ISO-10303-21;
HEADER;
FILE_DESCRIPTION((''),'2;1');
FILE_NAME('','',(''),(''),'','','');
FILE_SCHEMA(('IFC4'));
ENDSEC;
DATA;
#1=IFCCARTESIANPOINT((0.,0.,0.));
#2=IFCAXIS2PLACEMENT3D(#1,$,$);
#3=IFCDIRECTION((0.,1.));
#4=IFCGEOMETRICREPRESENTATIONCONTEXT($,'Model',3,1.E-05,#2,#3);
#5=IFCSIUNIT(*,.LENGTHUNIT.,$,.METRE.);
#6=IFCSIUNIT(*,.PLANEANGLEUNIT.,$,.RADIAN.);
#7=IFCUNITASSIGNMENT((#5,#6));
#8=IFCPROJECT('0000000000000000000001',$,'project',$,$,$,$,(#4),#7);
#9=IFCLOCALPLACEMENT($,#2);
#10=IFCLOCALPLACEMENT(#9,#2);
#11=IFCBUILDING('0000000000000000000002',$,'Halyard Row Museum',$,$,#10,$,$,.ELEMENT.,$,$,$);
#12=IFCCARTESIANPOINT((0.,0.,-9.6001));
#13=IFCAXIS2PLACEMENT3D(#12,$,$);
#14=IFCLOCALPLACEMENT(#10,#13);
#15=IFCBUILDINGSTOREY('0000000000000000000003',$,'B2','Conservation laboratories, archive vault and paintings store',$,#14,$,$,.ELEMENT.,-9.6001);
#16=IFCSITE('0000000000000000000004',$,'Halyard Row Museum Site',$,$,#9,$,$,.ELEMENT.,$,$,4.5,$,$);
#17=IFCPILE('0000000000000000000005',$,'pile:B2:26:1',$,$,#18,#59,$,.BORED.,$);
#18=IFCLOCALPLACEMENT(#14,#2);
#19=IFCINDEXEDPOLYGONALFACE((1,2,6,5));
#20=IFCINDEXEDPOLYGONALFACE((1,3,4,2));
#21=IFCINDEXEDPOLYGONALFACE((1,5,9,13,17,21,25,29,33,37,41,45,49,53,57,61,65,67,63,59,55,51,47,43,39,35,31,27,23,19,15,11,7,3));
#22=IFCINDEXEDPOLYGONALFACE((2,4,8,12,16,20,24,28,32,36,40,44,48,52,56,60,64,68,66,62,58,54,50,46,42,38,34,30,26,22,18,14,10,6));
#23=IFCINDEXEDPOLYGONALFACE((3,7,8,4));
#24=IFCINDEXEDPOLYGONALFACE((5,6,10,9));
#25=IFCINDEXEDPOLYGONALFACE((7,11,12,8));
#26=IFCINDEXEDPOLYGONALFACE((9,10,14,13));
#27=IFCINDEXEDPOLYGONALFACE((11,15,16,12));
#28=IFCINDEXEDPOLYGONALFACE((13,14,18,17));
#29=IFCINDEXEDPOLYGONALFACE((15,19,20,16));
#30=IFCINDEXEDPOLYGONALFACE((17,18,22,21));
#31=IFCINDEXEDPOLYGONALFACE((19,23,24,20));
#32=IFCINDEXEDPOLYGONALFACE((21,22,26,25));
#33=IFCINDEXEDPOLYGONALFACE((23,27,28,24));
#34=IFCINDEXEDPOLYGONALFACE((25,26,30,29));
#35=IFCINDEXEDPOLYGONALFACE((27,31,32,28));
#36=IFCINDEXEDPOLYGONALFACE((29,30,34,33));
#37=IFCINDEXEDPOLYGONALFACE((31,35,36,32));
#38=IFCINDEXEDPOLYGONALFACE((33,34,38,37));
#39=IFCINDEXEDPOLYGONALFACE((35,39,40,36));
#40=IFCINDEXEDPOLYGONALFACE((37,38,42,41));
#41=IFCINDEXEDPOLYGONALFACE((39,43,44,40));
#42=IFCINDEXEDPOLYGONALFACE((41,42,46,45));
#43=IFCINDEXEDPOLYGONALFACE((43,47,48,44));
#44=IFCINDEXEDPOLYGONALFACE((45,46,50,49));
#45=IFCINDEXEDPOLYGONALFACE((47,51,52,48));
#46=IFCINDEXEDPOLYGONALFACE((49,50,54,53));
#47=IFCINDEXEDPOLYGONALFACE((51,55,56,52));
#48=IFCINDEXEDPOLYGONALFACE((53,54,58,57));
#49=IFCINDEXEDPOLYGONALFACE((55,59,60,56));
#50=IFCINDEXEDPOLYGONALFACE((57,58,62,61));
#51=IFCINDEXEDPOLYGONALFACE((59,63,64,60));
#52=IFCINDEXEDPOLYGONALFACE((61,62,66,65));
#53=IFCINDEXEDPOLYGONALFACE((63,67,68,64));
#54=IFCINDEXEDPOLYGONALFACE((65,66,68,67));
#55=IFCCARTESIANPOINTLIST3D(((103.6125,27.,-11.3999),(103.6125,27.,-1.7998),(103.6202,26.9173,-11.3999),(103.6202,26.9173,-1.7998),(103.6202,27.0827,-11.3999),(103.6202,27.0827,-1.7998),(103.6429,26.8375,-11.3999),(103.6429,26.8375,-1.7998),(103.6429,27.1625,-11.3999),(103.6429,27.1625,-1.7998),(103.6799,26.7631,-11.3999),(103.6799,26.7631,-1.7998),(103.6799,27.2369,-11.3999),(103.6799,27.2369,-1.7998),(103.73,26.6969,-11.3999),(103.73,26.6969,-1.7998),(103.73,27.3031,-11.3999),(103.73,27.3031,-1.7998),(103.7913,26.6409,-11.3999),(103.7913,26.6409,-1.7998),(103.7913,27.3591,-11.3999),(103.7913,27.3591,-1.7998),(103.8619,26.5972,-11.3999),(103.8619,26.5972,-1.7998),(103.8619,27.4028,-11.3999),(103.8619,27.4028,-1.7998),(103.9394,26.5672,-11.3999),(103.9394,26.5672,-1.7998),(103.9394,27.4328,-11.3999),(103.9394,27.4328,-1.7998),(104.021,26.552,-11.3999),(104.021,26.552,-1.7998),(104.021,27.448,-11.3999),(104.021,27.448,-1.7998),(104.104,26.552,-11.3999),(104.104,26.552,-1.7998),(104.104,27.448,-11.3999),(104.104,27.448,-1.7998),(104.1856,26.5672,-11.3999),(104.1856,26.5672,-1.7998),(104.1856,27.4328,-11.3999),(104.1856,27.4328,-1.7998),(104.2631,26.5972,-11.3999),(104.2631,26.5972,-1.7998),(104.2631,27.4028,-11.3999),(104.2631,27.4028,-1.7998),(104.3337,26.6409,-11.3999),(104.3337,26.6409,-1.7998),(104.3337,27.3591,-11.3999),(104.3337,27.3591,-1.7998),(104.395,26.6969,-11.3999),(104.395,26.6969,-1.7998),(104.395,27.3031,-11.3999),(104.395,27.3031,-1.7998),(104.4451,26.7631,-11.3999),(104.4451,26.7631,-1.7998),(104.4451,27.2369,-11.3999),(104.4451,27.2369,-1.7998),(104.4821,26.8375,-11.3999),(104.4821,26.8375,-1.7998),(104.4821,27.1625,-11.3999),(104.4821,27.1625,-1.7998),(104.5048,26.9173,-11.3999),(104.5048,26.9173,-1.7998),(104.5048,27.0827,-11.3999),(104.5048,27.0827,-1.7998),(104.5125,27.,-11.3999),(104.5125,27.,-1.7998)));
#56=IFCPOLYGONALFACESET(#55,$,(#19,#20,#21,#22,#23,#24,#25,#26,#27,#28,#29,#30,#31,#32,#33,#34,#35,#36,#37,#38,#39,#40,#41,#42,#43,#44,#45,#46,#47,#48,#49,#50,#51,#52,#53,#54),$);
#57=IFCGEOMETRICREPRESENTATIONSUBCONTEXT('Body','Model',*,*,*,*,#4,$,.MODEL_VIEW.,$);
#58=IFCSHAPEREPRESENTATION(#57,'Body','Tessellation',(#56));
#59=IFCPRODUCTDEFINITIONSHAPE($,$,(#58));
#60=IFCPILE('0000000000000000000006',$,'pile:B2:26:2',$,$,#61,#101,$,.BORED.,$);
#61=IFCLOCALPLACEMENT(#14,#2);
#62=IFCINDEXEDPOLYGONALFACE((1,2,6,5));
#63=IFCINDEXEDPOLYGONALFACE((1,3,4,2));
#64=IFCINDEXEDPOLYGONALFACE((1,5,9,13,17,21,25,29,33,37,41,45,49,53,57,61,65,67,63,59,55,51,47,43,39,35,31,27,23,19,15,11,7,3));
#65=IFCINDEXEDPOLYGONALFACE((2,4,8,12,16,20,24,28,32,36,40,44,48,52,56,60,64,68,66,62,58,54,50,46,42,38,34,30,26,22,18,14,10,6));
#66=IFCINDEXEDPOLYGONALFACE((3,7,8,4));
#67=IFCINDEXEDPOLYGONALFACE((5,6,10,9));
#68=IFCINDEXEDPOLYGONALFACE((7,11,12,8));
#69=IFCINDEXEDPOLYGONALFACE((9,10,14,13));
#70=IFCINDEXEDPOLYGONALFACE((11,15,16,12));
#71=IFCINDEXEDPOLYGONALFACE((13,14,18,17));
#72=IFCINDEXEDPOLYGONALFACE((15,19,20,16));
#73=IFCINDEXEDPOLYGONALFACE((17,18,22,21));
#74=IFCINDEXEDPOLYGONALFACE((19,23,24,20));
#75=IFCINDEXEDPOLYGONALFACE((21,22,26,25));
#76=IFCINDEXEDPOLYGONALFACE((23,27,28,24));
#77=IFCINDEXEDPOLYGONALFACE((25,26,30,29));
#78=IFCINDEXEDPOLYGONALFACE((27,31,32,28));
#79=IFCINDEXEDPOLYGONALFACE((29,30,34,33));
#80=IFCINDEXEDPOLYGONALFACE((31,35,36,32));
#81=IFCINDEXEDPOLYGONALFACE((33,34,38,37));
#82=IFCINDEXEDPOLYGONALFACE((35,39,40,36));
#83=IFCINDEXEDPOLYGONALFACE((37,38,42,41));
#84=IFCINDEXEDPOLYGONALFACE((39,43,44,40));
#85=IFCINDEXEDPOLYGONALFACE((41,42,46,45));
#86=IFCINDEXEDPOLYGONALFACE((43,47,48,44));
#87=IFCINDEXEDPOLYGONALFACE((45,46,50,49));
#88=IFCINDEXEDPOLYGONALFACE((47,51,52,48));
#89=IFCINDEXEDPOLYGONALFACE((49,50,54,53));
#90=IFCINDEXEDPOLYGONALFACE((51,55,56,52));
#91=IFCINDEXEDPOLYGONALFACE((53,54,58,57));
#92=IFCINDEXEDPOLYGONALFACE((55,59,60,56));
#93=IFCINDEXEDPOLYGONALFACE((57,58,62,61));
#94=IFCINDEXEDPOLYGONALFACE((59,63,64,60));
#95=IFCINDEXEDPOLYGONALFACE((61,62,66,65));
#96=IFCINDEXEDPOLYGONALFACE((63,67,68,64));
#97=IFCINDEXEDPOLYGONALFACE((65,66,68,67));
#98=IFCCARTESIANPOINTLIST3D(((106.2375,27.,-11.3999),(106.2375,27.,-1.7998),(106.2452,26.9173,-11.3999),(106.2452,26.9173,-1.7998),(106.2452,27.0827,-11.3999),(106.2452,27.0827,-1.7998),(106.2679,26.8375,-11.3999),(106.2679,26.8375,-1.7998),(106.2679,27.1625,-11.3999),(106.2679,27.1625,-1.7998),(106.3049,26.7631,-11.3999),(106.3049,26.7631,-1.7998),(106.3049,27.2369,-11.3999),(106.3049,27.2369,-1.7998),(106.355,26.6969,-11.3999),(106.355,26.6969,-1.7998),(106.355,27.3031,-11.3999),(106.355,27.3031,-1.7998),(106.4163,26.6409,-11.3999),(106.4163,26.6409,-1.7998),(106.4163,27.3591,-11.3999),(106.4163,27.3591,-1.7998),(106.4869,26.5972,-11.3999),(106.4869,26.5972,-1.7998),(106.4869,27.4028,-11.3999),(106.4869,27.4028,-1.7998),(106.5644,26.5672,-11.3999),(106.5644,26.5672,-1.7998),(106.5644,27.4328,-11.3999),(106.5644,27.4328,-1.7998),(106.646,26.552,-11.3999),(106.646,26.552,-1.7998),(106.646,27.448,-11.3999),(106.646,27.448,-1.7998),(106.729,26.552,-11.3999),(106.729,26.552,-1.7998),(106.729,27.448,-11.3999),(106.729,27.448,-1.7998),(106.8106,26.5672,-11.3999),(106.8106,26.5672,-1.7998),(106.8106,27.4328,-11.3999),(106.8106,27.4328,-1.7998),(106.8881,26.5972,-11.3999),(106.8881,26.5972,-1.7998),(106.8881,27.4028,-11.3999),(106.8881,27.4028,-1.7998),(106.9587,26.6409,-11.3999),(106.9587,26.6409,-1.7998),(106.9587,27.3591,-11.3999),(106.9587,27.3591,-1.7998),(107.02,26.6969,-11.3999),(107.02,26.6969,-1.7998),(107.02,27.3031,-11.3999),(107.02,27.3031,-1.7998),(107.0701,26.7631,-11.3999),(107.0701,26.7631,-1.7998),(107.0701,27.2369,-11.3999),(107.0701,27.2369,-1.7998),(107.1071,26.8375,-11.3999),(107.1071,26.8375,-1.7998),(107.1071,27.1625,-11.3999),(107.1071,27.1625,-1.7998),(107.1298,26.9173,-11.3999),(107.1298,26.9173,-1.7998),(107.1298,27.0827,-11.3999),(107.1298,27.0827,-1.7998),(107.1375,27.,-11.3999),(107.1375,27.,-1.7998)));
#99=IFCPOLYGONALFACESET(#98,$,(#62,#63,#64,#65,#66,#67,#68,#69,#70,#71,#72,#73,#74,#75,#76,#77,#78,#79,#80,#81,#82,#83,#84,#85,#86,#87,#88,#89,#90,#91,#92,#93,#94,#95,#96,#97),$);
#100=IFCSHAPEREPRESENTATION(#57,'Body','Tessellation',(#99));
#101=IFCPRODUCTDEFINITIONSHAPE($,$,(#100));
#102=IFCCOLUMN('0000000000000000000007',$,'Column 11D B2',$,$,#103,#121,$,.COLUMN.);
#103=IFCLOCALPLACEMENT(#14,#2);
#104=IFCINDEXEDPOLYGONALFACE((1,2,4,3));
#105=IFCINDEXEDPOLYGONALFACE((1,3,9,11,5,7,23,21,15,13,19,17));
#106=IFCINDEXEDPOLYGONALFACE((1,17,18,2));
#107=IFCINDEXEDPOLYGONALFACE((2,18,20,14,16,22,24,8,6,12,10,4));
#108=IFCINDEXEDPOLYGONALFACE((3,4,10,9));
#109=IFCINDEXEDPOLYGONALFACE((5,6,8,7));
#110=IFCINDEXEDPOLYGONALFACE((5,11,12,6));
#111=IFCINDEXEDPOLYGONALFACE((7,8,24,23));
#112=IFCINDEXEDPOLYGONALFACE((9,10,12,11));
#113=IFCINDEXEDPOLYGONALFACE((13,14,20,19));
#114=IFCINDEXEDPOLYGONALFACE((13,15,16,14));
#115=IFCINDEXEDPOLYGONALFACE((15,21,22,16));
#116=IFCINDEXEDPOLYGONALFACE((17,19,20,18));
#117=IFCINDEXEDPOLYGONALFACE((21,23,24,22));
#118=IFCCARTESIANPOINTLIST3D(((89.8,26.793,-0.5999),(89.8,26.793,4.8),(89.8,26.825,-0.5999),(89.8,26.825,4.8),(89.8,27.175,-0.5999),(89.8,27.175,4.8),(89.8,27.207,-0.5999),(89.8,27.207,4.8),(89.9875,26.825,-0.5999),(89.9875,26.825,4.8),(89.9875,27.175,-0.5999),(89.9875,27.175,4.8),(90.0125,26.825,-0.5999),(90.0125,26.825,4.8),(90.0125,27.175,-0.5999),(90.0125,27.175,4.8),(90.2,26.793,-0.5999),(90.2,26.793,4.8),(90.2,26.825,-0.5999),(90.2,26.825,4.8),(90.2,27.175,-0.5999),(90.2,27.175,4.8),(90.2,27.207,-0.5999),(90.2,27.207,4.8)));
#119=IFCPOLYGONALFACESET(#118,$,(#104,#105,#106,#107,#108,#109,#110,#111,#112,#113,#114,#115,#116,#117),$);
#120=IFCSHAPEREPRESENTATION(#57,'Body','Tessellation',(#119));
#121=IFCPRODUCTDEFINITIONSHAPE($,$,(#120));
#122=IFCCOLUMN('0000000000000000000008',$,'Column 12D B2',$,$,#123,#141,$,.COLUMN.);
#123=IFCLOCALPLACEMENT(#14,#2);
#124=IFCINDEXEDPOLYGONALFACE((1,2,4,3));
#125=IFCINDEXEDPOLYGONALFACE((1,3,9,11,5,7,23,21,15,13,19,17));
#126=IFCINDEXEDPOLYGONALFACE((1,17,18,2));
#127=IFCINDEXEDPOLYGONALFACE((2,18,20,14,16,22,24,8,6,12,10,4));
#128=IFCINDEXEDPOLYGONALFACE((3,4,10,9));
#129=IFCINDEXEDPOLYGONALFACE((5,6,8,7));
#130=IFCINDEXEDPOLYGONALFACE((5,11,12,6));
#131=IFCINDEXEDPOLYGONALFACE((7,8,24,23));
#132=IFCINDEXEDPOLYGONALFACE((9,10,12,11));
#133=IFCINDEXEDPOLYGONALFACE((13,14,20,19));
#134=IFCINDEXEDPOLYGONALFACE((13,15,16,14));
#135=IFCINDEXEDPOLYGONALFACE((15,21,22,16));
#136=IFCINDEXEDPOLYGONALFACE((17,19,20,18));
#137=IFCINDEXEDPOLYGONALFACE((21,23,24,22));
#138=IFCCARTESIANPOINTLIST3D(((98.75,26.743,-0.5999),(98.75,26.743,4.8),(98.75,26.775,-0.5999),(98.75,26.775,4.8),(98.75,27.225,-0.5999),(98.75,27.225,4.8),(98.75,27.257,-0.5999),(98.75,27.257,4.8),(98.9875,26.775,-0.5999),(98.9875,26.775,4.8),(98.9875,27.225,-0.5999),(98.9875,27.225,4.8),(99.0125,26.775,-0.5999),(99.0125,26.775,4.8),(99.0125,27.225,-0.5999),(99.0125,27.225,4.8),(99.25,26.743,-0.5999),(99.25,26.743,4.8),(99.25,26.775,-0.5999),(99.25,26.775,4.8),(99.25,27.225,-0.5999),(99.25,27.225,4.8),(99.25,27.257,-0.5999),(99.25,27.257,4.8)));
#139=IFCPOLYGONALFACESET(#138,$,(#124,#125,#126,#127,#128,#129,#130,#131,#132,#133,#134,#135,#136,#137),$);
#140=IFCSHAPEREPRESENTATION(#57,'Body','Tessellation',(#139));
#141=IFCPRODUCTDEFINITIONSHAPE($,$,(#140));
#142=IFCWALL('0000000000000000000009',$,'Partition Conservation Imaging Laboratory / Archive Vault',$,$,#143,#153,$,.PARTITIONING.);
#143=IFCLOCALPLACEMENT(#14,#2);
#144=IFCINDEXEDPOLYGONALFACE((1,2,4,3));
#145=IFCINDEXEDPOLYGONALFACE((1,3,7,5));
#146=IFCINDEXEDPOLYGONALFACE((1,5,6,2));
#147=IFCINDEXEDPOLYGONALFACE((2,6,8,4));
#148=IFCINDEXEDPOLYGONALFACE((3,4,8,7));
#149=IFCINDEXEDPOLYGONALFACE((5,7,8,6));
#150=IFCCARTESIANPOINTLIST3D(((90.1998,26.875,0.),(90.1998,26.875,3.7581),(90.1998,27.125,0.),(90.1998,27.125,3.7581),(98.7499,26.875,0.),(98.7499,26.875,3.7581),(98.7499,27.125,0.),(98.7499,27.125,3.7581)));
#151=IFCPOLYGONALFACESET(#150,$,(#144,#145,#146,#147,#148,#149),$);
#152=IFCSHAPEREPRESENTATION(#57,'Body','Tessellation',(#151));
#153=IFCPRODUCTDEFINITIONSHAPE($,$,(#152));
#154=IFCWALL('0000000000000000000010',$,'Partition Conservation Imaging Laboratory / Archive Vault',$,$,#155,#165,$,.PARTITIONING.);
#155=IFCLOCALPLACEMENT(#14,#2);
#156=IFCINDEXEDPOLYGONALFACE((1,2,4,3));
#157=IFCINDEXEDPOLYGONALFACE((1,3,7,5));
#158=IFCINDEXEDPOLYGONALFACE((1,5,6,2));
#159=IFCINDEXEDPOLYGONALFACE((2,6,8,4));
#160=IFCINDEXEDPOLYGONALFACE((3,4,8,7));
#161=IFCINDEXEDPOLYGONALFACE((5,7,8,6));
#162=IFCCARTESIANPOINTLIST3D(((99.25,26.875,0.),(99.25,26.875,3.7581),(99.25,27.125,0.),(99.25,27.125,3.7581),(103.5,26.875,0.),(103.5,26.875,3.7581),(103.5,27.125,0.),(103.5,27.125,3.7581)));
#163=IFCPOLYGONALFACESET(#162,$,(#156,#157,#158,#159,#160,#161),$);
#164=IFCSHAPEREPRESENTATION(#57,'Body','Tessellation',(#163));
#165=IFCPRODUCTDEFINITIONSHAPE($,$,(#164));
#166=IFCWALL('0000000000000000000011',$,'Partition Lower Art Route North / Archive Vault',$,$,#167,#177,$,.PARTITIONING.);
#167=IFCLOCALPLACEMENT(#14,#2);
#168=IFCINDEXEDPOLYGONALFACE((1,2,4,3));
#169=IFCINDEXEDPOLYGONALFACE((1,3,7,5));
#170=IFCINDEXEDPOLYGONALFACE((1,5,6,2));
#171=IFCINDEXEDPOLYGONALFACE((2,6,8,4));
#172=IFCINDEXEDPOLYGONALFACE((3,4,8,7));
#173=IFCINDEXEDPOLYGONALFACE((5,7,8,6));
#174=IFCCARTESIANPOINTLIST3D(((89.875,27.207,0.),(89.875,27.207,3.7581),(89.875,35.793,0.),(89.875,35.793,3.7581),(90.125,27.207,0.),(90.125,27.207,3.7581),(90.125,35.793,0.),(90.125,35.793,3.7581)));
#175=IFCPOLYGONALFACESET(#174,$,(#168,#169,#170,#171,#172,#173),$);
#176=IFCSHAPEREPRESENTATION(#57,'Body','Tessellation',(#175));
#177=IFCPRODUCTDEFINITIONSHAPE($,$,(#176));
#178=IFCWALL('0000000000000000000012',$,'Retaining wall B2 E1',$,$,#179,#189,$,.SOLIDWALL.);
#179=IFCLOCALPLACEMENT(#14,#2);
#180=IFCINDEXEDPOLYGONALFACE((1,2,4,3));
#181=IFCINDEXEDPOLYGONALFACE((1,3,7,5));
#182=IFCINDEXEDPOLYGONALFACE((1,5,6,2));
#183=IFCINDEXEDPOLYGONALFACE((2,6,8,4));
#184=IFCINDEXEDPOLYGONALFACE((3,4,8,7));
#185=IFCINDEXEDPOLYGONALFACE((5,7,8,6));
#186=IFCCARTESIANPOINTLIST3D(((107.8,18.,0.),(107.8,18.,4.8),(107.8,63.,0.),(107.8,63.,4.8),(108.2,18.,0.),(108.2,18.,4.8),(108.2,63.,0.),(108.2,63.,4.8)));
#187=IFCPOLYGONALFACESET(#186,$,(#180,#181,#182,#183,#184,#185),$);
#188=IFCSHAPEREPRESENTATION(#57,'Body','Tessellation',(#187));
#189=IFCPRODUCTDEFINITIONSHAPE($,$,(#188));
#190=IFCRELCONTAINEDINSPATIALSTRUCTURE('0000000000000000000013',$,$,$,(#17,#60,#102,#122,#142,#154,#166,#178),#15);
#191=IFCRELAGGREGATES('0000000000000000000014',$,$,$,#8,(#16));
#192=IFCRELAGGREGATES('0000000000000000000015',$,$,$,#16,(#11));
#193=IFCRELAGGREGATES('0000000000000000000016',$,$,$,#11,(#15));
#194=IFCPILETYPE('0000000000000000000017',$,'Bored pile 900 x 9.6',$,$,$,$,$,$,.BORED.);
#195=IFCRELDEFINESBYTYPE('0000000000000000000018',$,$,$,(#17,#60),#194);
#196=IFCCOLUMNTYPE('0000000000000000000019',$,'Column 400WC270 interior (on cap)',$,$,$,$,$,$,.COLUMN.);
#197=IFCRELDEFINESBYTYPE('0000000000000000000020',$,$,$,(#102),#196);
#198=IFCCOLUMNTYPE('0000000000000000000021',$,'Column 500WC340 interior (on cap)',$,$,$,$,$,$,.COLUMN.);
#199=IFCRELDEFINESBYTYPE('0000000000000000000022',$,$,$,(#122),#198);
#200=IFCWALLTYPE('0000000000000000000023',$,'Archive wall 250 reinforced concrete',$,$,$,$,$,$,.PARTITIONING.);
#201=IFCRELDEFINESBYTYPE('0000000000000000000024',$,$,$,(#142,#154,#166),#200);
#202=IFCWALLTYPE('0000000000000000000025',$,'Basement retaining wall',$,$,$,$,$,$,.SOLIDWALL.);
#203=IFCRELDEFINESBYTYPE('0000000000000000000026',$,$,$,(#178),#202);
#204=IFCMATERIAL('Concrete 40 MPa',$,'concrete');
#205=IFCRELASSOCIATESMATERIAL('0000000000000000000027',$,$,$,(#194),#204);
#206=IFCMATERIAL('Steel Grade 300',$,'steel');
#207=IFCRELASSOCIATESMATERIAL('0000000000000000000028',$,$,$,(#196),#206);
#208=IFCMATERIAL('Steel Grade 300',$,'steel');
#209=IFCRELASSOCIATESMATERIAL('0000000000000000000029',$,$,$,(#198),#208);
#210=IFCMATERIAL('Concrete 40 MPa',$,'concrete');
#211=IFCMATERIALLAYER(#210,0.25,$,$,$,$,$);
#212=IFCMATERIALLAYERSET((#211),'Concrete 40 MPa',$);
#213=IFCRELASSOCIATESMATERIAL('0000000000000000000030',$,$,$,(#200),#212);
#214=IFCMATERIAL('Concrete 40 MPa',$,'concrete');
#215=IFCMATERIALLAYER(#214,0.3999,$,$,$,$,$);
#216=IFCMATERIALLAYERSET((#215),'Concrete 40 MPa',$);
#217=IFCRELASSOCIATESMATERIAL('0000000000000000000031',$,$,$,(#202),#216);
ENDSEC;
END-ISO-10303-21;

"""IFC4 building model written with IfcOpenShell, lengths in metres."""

from ifc_helpers import new_model, si_unit, direction, frame, frame_2d, origin, origin_2d, place, context, subcontext, project, spatial, rectangle, circle, i_section, extrude, material, layer, layer_set, material_profile, profile_set, type_object, element, save


model = new_model("IFC4")

# Units and contexts
model_context = context("Model", 3, precision=1e-05, world=origin(), true_north=direction((0.0, 1.0)))
body_context = subcontext(model_context, "Body", "Model", "MODEL_VIEW")
ifc_project = project(units=[si_unit("LENGTHUNIT", "METRE"), si_unit("PLANEANGLEUNIT", "RADIAN")], contexts=[model_context])

# Site, building, storey
site_placement = place(None, origin())
site = spatial("IfcSite", under=ifc_project, at=site_placement, Name="Halyard Row Museum Site", CompositionType="ELEMENT", RefElevation=4.5)
building_placement = place(site_placement, origin())
building = spatial("IfcBuilding", under=site, at=building_placement, Name="Halyard Row Museum", CompositionType="ELEMENT")
storey_placement = place(building_placement, frame((0.0, 0.0, -9.6001)))
storey = spatial("IfcBuildingStorey", under=building, at=storey_placement, Name="B2", Description="Conservation laboratories, archive vault and paintings store", CompositionType="ELEMENT", Elevation=-9.6001)

# Piles
ifc_material_1 = material(Name="Concrete 40 MPa", Category="concrete")
ifc_material_profile_1 = material_profile(ifc_material_1, circle(Radius=0.45, at=origin_2d()), Name="Bored pile 900 x 9.6")
ifc_profile_set_1 = profile_set([ifc_material_profile_1], Name="Concrete 40 MPa")
pile_type_1 = type_object("IfcPileType", Name="Bored pile 900 x 9.6", PredefinedType="BORED", material=ifc_profile_set_1)
for number, where, z_axis, x_axis, name in (
    (1, (104.0625, 27.0, -1.7998), (0.0, 0.0, -1.0), (1.0, 0.0, 0.0), "pile:B2:26:1"),
    (2, (106.6875, 27.0, -1.7998), (0.0, 0.0, -1.0), (1.0, 0.0, 0.0), "pile:B2:26:2"),
):
    element("IfcPile", number, at=place(storey_placement, frame(where, z_axis=z_axis, x_axis=x_axis)), inside=storey, type_object=pile_type_1, Name=name, PredefinedType="BORED", context=body_context, shape_type="SweptSolid", body=[
        extrude(circle(Radius=0.45, at=origin_2d()), origin(), (0.0, 0.0, 1.0), 9.6001),
    ])

# Columns
ifc_material_2 = material(Name="Steel Grade 300", Category="steel")
ifc_material_profile_2 = material_profile(ifc_material_2, i_section(OverallWidth=0.3999, OverallDepth=0.4141, WebThickness=0.0249, FlangeThickness=0.032, at=origin_2d()), Name="400WC270")
ifc_profile_set_2 = profile_set([ifc_material_profile_2], Name="Steel Grade 300")
column_type_1 = type_object("IfcColumnType", Name="Column 400WC270 interior (on cap)", PredefinedType="COLUMN", material=ifc_profile_set_2)
column_1_placement = place(storey_placement, frame((90.0, 27.0, -0.5999), z_axis=(0.0, 0.0, 1.0), x_axis=(1.0, 0.0, 0.0)))
element("IfcColumn", 3, at=column_1_placement, inside=storey, type_object=column_type_1, Name="Column 11D B2", PredefinedType="COLUMN", context=body_context, shape_type="SweptSolid", body=[
    extrude(i_section(OverallWidth=0.3999, OverallDepth=0.4141, WebThickness=0.0249, FlangeThickness=0.032, at=origin_2d()), origin(), (0.0, 0.0, 1.0), 5.3999),
])
ifc_material_3 = material(Name="Steel Grade 300", Category="steel")
ifc_material_profile_3 = material_profile(ifc_material_3, i_section(OverallWidth=0.5, OverallDepth=0.5139, WebThickness=0.0249, FlangeThickness=0.032, at=origin_2d()), Name="500WC340")
ifc_profile_set_3 = profile_set([ifc_material_profile_3], Name="Steel Grade 300")
column_type_2 = type_object("IfcColumnType", Name="Column 500WC340 interior (on cap)", PredefinedType="COLUMN", material=ifc_profile_set_3)
column_2_placement = place(storey_placement, frame((99.0, 27.0, -0.5999), z_axis=(0.0, 0.0, 1.0), x_axis=(1.0, 0.0, 0.0)))
element("IfcColumn", 4, at=column_2_placement, inside=storey, type_object=column_type_2, Name="Column 12D B2", PredefinedType="COLUMN", context=body_context, shape_type="SweptSolid", body=[
    extrude(i_section(OverallWidth=0.5, OverallDepth=0.5139, WebThickness=0.0249, FlangeThickness=0.032, at=origin_2d()), origin(), (0.0, 0.0, 1.0), 5.3999),
])

# Walls
ifc_material_4 = material(Name="Concrete 40 MPa", Category="concrete")
ifc_layer_1 = layer(ifc_material_4, 0.25)
ifc_layer_set_1 = layer_set([ifc_layer_1], Name="Concrete 40 MPa")
wall_type_1 = type_object("IfcWallType", Name="Archive wall 250 reinforced concrete", PredefinedType="PARTITIONING", material=ifc_layer_set_1)
wall_1_placement = place(storey_placement, frame((90.2, 27.0, 0.0), z_axis=(0.0, 0.0, 1.0), x_axis=(1.0, 0.0, 0.0)))
element("IfcWall", 5, at=wall_1_placement, inside=storey, type_object=wall_type_1, Name="Partition Conservation Imaging Laboratory / Archive Vault", PredefinedType="PARTITIONING", context=body_context, shape_type="SweptSolid", body=[
    extrude(rectangle(XDim=8.55, YDim=0.25, at=frame_2d((4.2749, 0.0))), origin(), (0.0, 0.0, 1.0), 3.7581),
])
wall_2_placement = place(storey_placement, frame((99.25, 27.0, 0.0), z_axis=(0.0, 0.0, 1.0), x_axis=(1.0, 0.0, 0.0)))
element("IfcWall", 6, at=wall_2_placement, inside=storey, type_object=wall_type_1, Name="Partition Conservation Imaging Laboratory / Archive Vault", PredefinedType="PARTITIONING", context=body_context, shape_type="SweptSolid", body=[
    extrude(rectangle(XDim=4.25, YDim=0.25, at=frame_2d((2.125, 0.0))), origin(), (0.0, 0.0, 1.0), 3.7581),
])
wall_3_placement = place(storey_placement, frame((90.0, 27.207, 0.0), z_axis=(0.0, 0.0, 1.0), x_axis=(0.0, 1.0, 0.0)))
element("IfcWall", 7, at=wall_3_placement, inside=storey, type_object=wall_type_1, Name="Partition Lower Art Route North / Archive Vault", PredefinedType="PARTITIONING", context=body_context, shape_type="SweptSolid", body=[
    extrude(rectangle(XDim=8.5859, YDim=0.25, at=frame_2d((4.293, 0.0))), origin(), (0.0, 0.0, 1.0), 3.7581),
])
ifc_material_5 = material(Name="Concrete 40 MPa", Category="concrete")
ifc_layer_2 = layer(ifc_material_5, 0.3999)
ifc_layer_set_2 = layer_set([ifc_layer_2], Name="Concrete 40 MPa")
wall_type_2 = type_object("IfcWallType", Name="Basement retaining wall", PredefinedType="SOLIDWALL", material=ifc_layer_set_2)
wall_4_placement = place(storey_placement, frame((108.0, 18.0, 0.0), z_axis=(0.0, 0.0, 1.0), x_axis=(0.0, 1.0, 0.0)))
element("IfcWall", 8, at=wall_4_placement, inside=storey, type_object=wall_type_2, Name="Retaining wall B2 E1", PredefinedType="SOLIDWALL", context=body_context, shape_type="SweptSolid", body=[
    extrude(rectangle(XDim=45.0, YDim=0.3999, at=frame_2d((22.5, 0.0))), origin(), (0.0, 0.0, 1.0), 4.8),
])

save(model, "model.ifc")
